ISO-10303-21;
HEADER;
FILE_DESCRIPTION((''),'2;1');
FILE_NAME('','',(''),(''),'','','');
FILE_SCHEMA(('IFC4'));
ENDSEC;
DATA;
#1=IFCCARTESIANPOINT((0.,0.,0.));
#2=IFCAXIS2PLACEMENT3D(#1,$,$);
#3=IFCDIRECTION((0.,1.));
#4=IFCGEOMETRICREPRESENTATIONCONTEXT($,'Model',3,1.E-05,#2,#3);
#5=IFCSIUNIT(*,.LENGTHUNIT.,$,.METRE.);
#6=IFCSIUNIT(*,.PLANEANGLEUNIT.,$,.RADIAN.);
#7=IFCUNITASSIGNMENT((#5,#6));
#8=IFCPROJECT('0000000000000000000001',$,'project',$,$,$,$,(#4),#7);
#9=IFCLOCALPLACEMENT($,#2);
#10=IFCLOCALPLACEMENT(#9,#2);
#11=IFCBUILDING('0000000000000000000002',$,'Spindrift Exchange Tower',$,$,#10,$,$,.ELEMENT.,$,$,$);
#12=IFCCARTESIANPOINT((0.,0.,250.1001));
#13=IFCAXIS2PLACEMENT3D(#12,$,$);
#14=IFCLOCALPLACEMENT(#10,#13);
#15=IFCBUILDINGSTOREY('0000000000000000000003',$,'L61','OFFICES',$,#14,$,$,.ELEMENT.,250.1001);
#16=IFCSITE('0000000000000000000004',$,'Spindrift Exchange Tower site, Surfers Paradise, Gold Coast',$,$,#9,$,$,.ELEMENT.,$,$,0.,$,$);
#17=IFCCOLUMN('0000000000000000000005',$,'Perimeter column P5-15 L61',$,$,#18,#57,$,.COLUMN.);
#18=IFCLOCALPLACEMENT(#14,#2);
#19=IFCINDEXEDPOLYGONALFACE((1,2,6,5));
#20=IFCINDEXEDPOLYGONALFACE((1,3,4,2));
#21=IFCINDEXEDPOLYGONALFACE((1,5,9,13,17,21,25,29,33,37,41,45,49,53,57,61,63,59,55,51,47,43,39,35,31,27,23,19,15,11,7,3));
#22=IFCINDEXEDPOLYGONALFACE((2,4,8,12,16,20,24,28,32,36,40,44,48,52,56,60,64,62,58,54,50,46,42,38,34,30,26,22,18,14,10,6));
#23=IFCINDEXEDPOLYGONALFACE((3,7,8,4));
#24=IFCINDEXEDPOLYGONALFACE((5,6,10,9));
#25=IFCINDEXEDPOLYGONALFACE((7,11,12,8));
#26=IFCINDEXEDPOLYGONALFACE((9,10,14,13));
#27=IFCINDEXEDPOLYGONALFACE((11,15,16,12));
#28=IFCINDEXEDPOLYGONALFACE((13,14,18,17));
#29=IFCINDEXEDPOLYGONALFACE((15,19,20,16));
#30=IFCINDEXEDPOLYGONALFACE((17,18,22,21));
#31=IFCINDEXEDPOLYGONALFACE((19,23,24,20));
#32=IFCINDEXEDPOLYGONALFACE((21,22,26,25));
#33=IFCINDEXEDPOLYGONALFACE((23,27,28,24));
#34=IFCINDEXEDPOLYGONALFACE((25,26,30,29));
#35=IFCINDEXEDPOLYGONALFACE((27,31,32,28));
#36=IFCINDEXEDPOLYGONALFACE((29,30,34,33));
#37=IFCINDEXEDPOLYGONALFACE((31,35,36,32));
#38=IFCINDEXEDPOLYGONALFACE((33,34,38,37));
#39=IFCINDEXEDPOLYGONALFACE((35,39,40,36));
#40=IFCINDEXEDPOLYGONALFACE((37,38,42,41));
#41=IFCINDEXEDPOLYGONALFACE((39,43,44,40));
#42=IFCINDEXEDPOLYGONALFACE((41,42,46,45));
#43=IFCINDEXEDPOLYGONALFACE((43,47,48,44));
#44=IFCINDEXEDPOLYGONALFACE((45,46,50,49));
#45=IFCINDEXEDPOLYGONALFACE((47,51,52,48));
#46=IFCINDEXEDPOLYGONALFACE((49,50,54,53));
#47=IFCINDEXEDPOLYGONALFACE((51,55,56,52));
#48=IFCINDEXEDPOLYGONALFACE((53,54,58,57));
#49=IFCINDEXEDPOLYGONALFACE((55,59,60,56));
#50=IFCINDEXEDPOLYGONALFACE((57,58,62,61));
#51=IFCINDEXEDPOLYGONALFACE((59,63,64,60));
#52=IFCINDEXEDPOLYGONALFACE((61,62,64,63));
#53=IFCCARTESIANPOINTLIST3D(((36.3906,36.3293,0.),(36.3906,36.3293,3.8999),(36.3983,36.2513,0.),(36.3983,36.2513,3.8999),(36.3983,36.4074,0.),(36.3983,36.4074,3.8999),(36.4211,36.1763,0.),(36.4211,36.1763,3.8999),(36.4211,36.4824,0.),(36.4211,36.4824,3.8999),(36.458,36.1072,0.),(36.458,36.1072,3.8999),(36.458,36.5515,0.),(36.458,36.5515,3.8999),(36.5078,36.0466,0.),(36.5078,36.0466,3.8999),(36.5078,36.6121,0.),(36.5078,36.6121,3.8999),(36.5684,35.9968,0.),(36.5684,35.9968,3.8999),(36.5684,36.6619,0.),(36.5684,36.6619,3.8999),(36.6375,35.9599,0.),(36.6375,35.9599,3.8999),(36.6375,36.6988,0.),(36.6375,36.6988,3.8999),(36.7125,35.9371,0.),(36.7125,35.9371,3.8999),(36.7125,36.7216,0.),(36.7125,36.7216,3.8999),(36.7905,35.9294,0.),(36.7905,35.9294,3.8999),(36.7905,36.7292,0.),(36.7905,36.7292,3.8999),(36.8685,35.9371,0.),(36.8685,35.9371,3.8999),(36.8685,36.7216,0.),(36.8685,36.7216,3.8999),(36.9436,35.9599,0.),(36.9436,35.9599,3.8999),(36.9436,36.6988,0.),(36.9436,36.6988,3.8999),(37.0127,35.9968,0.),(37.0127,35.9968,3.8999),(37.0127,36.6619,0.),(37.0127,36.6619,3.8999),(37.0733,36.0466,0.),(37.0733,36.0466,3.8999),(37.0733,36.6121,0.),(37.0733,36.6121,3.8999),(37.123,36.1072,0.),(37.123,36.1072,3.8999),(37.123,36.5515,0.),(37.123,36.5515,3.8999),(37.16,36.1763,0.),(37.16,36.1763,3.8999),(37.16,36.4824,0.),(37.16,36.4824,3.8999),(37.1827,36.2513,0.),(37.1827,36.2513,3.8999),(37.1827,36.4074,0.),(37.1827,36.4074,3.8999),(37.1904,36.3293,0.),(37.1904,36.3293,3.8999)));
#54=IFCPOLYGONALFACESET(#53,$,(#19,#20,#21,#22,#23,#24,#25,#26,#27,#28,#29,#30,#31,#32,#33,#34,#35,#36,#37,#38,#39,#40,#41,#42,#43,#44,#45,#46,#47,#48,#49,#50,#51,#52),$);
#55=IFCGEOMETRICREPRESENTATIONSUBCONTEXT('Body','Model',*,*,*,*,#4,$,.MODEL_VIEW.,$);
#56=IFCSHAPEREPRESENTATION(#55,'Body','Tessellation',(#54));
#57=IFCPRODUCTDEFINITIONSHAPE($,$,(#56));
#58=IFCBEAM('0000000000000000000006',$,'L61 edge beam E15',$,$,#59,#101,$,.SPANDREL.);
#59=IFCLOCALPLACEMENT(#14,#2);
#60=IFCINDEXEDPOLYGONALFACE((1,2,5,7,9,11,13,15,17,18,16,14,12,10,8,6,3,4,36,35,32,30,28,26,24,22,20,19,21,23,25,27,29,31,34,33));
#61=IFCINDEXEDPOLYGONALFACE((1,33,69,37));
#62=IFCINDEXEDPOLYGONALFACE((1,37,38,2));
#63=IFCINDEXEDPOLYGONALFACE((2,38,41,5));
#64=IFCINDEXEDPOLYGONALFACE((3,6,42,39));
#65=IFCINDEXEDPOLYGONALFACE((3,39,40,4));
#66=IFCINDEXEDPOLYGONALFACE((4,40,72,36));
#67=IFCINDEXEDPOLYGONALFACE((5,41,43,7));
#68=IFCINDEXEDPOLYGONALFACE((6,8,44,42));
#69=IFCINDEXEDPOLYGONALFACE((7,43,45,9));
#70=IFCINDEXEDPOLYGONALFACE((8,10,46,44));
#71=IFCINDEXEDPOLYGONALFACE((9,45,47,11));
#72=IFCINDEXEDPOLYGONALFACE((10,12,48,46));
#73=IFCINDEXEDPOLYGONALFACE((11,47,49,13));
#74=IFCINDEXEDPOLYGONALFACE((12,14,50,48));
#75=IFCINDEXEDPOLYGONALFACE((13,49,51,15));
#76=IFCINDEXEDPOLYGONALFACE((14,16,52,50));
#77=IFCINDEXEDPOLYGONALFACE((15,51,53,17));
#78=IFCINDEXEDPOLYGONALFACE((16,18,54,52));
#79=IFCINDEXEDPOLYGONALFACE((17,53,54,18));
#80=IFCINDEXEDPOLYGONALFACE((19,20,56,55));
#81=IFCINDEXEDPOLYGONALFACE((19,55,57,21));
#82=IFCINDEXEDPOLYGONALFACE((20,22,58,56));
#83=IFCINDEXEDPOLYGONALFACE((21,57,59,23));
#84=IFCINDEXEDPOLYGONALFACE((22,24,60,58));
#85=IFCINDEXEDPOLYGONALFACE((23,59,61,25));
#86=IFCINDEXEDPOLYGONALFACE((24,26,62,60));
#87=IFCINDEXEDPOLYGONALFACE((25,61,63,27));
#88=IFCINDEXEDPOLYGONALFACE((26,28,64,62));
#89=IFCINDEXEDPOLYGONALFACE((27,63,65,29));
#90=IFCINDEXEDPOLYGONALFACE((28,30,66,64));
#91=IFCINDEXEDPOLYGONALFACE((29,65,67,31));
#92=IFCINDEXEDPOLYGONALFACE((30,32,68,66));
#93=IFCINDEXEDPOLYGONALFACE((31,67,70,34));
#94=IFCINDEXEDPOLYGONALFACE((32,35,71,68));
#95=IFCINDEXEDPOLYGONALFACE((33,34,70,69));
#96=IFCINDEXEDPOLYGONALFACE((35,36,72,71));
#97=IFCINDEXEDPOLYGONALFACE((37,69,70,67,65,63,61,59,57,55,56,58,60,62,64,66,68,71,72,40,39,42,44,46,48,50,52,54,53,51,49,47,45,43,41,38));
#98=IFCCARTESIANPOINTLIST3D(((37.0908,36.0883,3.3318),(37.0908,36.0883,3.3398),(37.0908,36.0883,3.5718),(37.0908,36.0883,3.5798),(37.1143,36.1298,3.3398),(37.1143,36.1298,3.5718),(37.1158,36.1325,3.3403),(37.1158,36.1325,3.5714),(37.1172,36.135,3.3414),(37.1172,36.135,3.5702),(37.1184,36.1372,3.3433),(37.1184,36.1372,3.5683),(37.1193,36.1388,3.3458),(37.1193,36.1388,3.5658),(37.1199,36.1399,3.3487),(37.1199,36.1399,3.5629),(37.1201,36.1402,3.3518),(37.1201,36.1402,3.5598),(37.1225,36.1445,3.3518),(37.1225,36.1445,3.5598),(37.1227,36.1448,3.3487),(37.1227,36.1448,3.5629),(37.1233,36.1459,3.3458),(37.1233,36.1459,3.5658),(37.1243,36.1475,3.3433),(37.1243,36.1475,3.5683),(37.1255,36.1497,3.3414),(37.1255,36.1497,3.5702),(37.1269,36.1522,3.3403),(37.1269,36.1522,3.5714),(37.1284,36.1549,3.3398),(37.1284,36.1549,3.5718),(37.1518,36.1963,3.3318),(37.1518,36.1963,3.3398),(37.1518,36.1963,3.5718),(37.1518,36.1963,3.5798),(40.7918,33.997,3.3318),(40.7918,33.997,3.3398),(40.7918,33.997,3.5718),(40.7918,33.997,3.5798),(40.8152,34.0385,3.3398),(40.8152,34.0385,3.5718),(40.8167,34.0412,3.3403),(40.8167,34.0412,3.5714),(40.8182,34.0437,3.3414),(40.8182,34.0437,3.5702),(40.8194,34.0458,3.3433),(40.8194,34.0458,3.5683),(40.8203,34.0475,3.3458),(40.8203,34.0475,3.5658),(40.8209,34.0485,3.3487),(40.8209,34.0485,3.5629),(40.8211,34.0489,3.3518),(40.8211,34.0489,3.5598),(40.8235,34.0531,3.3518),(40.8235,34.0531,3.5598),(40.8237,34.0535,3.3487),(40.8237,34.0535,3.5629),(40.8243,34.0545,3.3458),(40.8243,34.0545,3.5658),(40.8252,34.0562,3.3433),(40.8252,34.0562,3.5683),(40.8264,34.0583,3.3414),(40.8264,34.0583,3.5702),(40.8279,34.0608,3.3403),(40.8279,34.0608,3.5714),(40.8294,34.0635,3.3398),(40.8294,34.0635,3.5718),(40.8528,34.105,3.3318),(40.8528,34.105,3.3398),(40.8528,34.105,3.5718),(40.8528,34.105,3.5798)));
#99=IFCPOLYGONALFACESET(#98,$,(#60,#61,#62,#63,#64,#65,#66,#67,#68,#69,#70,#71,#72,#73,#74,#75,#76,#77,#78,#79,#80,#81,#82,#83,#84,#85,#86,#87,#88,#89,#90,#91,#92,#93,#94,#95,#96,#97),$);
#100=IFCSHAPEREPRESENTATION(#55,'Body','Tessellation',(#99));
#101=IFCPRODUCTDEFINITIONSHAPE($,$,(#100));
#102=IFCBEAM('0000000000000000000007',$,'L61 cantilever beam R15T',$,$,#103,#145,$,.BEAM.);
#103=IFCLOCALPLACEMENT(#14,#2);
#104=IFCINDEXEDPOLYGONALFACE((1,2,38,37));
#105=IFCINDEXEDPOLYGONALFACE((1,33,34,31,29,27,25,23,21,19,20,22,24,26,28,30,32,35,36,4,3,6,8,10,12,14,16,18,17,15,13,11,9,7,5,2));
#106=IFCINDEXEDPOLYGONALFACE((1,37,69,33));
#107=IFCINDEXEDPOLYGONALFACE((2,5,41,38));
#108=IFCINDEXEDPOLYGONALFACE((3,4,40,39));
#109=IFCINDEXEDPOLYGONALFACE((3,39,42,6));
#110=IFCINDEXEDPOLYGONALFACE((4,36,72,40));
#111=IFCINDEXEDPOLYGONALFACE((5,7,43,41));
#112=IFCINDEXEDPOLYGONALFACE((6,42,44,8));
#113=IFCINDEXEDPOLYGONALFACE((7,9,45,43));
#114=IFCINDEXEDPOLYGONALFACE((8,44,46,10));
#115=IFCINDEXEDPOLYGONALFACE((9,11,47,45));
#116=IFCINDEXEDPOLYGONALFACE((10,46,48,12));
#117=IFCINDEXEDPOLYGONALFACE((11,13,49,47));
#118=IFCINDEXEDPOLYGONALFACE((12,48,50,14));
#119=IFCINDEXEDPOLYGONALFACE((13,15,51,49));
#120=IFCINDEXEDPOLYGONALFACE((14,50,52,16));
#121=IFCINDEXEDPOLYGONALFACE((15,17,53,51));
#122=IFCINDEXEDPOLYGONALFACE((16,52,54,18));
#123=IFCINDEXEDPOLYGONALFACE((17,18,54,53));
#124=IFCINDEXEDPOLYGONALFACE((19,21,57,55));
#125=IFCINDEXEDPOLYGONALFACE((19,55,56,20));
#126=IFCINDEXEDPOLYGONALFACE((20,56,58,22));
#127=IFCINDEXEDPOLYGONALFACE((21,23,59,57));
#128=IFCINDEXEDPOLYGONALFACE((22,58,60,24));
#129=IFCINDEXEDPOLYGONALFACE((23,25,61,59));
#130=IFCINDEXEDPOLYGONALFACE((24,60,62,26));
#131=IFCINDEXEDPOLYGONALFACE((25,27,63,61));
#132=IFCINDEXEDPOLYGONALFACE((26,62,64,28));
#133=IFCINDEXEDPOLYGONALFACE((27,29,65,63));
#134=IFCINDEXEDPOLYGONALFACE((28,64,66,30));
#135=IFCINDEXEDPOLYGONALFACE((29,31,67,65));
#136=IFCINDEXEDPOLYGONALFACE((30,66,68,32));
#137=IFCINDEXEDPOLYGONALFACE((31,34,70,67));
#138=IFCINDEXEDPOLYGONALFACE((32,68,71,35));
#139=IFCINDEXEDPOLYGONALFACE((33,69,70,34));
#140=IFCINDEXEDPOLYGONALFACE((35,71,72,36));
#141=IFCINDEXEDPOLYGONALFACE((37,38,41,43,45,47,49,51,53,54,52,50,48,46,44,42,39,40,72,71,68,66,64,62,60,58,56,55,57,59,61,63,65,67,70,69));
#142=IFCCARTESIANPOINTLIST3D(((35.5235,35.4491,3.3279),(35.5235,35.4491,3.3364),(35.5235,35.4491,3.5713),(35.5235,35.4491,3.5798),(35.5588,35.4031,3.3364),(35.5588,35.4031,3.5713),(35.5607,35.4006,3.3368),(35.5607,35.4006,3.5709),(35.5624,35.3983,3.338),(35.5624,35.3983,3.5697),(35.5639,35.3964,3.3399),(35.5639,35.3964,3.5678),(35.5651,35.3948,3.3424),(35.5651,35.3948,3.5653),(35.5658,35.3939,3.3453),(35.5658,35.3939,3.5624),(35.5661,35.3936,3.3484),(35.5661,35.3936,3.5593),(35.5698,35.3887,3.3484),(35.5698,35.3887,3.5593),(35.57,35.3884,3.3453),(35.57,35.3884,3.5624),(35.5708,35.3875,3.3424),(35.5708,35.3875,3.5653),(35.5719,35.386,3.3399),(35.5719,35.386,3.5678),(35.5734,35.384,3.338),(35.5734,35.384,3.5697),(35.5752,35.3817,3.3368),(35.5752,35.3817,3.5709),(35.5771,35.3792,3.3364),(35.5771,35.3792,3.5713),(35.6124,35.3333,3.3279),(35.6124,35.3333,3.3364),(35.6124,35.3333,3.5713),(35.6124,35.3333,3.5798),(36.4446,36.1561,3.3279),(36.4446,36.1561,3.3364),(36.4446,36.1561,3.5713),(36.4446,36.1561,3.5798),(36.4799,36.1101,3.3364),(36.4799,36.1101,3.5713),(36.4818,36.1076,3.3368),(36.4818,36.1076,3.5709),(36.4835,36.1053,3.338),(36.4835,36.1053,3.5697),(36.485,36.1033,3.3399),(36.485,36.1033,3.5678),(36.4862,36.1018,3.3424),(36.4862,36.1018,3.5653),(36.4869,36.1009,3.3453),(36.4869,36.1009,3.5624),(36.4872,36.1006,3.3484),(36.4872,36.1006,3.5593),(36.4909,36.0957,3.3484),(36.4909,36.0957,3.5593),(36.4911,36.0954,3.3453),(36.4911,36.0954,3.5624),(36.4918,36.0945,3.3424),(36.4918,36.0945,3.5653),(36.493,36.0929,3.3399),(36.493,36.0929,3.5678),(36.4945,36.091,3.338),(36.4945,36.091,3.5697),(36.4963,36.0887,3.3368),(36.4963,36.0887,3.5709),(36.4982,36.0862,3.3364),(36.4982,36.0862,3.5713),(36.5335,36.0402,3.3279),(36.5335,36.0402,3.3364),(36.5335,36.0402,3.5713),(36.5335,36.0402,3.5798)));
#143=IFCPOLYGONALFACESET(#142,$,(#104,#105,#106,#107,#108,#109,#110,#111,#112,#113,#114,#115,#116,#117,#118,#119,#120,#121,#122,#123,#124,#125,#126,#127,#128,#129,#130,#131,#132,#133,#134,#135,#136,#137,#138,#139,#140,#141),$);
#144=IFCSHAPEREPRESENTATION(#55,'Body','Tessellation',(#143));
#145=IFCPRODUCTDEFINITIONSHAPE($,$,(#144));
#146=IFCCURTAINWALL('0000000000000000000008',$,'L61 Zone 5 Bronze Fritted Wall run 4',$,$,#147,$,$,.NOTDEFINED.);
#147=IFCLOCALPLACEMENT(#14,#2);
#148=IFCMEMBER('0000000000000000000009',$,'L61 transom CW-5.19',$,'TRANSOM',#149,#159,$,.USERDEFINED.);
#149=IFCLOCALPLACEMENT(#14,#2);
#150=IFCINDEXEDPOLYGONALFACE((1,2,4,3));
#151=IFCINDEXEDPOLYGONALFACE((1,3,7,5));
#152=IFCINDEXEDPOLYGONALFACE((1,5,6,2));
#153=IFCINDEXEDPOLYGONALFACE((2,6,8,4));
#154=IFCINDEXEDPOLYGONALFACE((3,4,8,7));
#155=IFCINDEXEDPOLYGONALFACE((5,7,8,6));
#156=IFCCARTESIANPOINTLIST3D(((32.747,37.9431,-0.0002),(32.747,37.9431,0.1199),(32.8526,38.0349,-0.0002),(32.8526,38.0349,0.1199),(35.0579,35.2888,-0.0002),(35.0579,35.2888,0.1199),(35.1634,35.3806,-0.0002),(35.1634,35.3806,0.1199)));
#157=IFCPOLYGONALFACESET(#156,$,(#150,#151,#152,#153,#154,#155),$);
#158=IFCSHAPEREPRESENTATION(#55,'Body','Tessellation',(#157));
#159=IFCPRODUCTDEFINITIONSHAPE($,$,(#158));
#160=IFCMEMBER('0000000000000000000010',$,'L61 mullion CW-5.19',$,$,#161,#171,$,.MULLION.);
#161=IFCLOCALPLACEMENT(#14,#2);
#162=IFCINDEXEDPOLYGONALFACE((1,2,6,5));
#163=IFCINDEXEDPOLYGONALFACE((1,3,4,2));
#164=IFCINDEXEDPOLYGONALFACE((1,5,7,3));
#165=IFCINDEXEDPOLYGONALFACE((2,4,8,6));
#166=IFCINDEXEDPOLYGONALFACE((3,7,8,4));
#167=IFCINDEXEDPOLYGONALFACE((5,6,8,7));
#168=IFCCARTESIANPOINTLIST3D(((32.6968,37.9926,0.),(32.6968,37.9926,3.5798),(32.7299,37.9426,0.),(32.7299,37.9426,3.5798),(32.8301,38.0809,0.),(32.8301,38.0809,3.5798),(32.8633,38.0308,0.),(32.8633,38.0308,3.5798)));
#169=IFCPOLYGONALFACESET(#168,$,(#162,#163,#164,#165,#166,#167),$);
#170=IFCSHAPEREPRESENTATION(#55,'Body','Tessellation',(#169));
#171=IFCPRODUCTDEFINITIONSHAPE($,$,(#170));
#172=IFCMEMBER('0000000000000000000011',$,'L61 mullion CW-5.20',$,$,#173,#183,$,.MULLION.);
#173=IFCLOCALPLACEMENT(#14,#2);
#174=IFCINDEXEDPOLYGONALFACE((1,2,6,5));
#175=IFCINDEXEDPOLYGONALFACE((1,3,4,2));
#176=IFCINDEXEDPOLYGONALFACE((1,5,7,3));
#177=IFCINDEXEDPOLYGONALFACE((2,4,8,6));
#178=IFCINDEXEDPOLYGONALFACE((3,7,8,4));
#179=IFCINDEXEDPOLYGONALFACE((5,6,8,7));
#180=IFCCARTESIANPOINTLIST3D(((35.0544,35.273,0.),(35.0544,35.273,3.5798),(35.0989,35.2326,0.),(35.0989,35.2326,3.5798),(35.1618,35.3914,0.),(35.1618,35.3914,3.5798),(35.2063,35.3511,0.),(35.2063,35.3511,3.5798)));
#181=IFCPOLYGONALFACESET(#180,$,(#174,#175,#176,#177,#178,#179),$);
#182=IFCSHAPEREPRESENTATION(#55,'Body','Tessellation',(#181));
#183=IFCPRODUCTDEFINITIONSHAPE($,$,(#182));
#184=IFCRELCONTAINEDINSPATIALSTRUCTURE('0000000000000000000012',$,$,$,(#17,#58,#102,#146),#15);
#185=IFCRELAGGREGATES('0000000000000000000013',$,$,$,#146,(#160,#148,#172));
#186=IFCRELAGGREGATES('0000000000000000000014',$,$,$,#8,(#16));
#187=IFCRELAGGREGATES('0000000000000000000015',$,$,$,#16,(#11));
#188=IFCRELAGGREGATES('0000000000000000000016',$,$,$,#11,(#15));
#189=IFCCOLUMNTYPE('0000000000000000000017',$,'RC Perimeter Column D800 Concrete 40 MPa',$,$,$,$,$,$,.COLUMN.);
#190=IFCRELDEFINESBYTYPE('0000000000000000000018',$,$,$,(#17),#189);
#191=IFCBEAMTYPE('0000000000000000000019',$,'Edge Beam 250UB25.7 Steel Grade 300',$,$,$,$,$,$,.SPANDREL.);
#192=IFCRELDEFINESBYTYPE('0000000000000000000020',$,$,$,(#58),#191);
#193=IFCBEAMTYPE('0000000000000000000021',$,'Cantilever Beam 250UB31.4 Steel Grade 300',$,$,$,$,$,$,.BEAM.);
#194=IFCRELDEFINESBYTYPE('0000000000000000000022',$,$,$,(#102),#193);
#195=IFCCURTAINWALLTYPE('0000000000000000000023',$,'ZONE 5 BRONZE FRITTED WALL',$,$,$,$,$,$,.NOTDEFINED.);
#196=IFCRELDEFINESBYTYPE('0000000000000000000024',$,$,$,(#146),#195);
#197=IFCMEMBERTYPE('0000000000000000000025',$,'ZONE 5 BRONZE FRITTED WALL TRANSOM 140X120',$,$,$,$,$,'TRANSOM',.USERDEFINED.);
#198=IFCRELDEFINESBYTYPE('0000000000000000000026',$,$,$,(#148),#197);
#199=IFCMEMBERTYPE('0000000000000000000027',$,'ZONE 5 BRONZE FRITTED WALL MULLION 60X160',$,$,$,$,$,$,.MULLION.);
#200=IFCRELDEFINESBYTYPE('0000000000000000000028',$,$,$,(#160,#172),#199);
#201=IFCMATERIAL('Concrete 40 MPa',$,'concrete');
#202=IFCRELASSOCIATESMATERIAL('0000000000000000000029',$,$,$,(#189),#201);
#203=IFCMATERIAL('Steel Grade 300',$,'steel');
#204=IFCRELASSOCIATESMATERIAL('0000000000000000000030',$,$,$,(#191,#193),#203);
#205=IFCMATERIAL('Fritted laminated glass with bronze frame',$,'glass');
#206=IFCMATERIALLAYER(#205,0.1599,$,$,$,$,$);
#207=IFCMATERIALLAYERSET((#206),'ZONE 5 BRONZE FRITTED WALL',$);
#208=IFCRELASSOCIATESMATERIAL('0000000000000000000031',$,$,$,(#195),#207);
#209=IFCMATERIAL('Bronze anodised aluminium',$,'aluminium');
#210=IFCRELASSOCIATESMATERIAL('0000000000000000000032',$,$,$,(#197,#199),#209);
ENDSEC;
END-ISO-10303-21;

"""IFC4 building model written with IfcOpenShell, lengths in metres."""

from ifc_helpers import new_model, si_unit, direction, frame, origin, origin_2d, place, context, subcontext, project, spatial, rectangle, circle, i_section, extrude, source, transform, mapped, material, layer, layer_set, material_profile, profile_set, type_object, element, aggregate, save


model = new_model("IFC4")

# Units and contexts
model_context = context("Model", 3, precision=1e-05, world=origin(), true_north=direction((0.0, 1.0)))
body_context = subcontext(model_context, "Body", "Model", "MODEL_VIEW")
ifc_project = project(units=[si_unit("LENGTHUNIT", "METRE"), si_unit("PLANEANGLEUNIT", "RADIAN")], contexts=[model_context])

# Site, building, storey
site_placement = place(None, origin())
site = spatial("IfcSite", under=ifc_project, at=site_placement, Name="Spindrift Exchange Tower site, Surfers Paradise, Gold Coast", CompositionType="ELEMENT", RefElevation=0.0)
building_placement = place(site_placement, origin())
building = spatial("IfcBuilding", under=site, at=building_placement, Name="Spindrift Exchange Tower", CompositionType="ELEMENT")
storey_placement = place(building_placement, frame((0.0, 0.0, 250.1001)))
storey = spatial("IfcBuildingStorey", under=building, at=storey_placement, Name="L61", Description="OFFICES", CompositionType="ELEMENT", Elevation=250.1001)

# Column
ifc_material_1 = material(Name="Concrete 40 MPa", Category="concrete")
ifc_material_profile_1 = material_profile(ifc_material_1, circle(Radius=0.3999, at=origin_2d()), Name="RC D800")
ifc_profile_set_1 = profile_set([ifc_material_profile_1], Name="Concrete 40 MPa")
column_type = type_object("IfcColumnType", Name="RC Perimeter Column D800 Concrete 40 MPa", PredefinedType="COLUMN", material=ifc_profile_set_1)
shared_shape_1 = source(origin(), body_context, "Body", "SweptSolid", [
    extrude(circle(Radius=0.3999, at=origin_2d()), origin(), (0.0, 0.0, 1.0), 3.8999),
])
column_placement = place(storey_placement, frame((36.7905, 36.3293, 0.0), z_axis=(0.0, 0.0, 1.0), x_axis=(1.0, 0.0, 0.0)))
element("IfcColumn", 1, at=column_placement, inside=storey, type_object=column_type, Name="Perimeter column P5-15 L61", PredefinedType="COLUMN", context=body_context, shape_type="MappedRepresentation", body=[
    mapped(shared_shape_1, transform((0.0, 0.0, 0.0), scale=1.0)),
])

# Beams
ifc_material_2 = material(Name="Steel Grade 300", Category="steel")
ifc_material_profile_2 = material_profile(ifc_material_2, i_section(OverallWidth=0.124, OverallDepth=0.248, WebThickness=0.0049, FlangeThickness=0.0081, FilletRadius=0.012, at=origin_2d()), Name="250UB25.7")
ifc_profile_set_2 = profile_set([ifc_material_profile_2], Name="Steel Grade 300")
beam_type_1 = type_object("IfcBeamType", Name="Edge Beam 250UB25.7 Steel Grade 300", PredefinedType="SPANDREL", material=ifc_profile_set_2)
shared_shape_2 = source(origin(), body_context, "Body", "SweptSolid", [
    extrude(i_section(OverallWidth=0.124, OverallDepth=0.248, WebThickness=0.0049, FlangeThickness=0.0081, FilletRadius=0.012, at=origin_2d()), origin(), (0.0, 0.0, 1.0), 4.251),
])
beam_1_placement = place(storey_placement, frame((37.1213, 36.1423, 3.4558), z_axis=(0.870615, -0.491965, 0.0), x_axis=(0.491965, 0.870615, 0.0)))
element("IfcBeam", 2, at=beam_1_placement, inside=storey, type_object=beam_type_1, Name="L61 edge beam E15", PredefinedType="SPANDREL", context=body_context, shape_type="MappedRepresentation", body=[
    mapped(shared_shape_2, transform((0.0, 0.0, 0.0), scale=1.0)),
])
ifc_material_profile_3 = material_profile(ifc_material_2, i_section(OverallWidth=0.146, OverallDepth=0.252, WebThickness=0.0061, FlangeThickness=0.0085, FilletRadius=0.012, at=origin_2d()), Name="250UB31.4")
ifc_profile_set_3 = profile_set([ifc_material_profile_3], Name="Steel Grade 300")
beam_type_2 = type_object("IfcBeamType", Name="Cantilever Beam 250UB31.4 Steel Grade 300", PredefinedType="BEAM", material=ifc_profile_set_3)
shared_shape_3 = source(origin(), body_context, "Body", "SweptSolid", [
    extrude(i_section(OverallWidth=0.146, OverallDepth=0.252, WebThickness=0.0061, FlangeThickness=0.0085, FilletRadius=0.012, at=origin_2d()), origin(), (0.0, 0.0, 1.0), 1.1611),
])
beam_2_placement = place(storey_placement, frame((36.489, 36.0981, 3.4539), z_axis=(-0.793264, -0.608877, 0.0), x_axis=(0.608877, -0.793264, 0.0)))
element("IfcBeam", 3, at=beam_2_placement, inside=storey, type_object=beam_type_2, Name="L61 cantilever beam R15T", PredefinedType="BEAM", context=body_context, shape_type="MappedRepresentation", body=[
    mapped(shared_shape_3, transform((0.0, 0.0, 0.0), scale=1.0)),
])

# Curtain wall, members
ifc_material_3 = material(Name="Fritted laminated glass with bronze frame", Category="glass")
ifc_layer_1 = layer(ifc_material_3, 0.1599)
ifc_layer_set_1 = layer_set([ifc_layer_1], Name="ZONE 5 BRONZE FRITTED WALL")
curtain_wall_type = type_object("IfcCurtainWallType", Name="ZONE 5 BRONZE FRITTED WALL", PredefinedType="NOTDEFINED", material=ifc_layer_set_1)
curtain_wall_placement = place(storey_placement, origin())
curtain_wall = element("IfcCurtainWall", 4, at=curtain_wall_placement, inside=storey, type_object=curtain_wall_type, Name="L61 Zone 5 Bronze Fritted Wall run 4", PredefinedType="NOTDEFINED")
ifc_material_4 = material(Name="Bronze anodised aluminium", Category="aluminium")
ifc_material_profile_4 = material_profile(ifc_material_4, rectangle(XDim=0.1399, YDim=0.1201, at=origin_2d()), Name="ZONE 5 BRONZE FRITTED WALL TRANSOM 140X120")
ifc_profile_set_4 = profile_set([ifc_material_profile_4], Name="Bronze anodised aluminium")
member_type_1 = type_object("IfcMemberType", Name="ZONE 5 BRONZE FRITTED WALL TRANSOM 140X120", ElementType="TRANSOM", PredefinedType="USERDEFINED", material=ifc_profile_set_4)
shared_shape_4 = source(origin(), body_context, "Body", "SweptSolid", [
    extrude(rectangle(XDim=0.1399, YDim=0.1201, at=origin_2d()), origin(), (0.0, 0.0, 1.0), 3.5193),
])
member_1_placement = place(storey_placement, frame((32.7998, 37.989, 0.0598), z_axis=(0.656617, -0.754225, 0.0), x_axis=(0.754225, 0.656617, 0.0)))
member_1 = element("IfcMember", 5, at=member_1_placement, type_object=member_type_1, Name="L61 transom CW-5.19", ObjectType="TRANSOM", PredefinedType="USERDEFINED", context=body_context, shape_type="MappedRepresentation", body=[
    mapped(shared_shape_4, transform((0.0, 0.0, 0.0), scale=1.0)),
])
ifc_material_profile_5 = material_profile(ifc_material_4, rectangle(XDim=0.0601, YDim=0.1599, at=origin_2d()), Name="ZONE 5 BRONZE FRITTED WALL MULLION 60X160")
ifc_profile_set_5 = profile_set([ifc_material_profile_5], Name="Bronze anodised aluminium")
member_type_2 = type_object("IfcMemberType", Name="ZONE 5 BRONZE FRITTED WALL MULLION 60X160", PredefinedType="MULLION", material=ifc_profile_set_5)
shared_shape_5 = source(origin(), body_context, "Body", "SweptSolid", [
    extrude(rectangle(XDim=0.0601, YDim=0.1599, at=origin_2d()), origin(), (0.0, 0.0, 1.0), 3.5798),
])
member_2_placement = place(storey_placement, frame((32.78, 38.0117, 0.0), z_axis=(0.0, 0.0, 1.0), x_axis=(0.551752, -0.834008, 0.0)))
member_2 = element("IfcMember", 6, at=member_2_placement, type_object=member_type_2, Name="L61 mullion CW-5.19", PredefinedType="MULLION", context=body_context, shape_type="MappedRepresentation", body=[
    mapped(shared_shape_5, transform((0.0, 0.0, 0.0), scale=1.0)),
])
member_3_placement = place(storey_placement, frame((35.1304, 35.312, 0.0), z_axis=(0.0, 0.0, 1.0), x_axis=(0.740742, -0.67179, 0.0)))
member_3 = element("IfcMember", 7, at=member_3_placement, type_object=member_type_2, Name="L61 mullion CW-5.20", PredefinedType="MULLION", context=body_context, shape_type="MappedRepresentation", body=[
    mapped(shared_shape_5, transform((0.0, 0.0, 0.0), scale=1.0)),
])

aggregate(curtain_wall, [member_2, member_1, member_3])

save(model, "model.ifc")
